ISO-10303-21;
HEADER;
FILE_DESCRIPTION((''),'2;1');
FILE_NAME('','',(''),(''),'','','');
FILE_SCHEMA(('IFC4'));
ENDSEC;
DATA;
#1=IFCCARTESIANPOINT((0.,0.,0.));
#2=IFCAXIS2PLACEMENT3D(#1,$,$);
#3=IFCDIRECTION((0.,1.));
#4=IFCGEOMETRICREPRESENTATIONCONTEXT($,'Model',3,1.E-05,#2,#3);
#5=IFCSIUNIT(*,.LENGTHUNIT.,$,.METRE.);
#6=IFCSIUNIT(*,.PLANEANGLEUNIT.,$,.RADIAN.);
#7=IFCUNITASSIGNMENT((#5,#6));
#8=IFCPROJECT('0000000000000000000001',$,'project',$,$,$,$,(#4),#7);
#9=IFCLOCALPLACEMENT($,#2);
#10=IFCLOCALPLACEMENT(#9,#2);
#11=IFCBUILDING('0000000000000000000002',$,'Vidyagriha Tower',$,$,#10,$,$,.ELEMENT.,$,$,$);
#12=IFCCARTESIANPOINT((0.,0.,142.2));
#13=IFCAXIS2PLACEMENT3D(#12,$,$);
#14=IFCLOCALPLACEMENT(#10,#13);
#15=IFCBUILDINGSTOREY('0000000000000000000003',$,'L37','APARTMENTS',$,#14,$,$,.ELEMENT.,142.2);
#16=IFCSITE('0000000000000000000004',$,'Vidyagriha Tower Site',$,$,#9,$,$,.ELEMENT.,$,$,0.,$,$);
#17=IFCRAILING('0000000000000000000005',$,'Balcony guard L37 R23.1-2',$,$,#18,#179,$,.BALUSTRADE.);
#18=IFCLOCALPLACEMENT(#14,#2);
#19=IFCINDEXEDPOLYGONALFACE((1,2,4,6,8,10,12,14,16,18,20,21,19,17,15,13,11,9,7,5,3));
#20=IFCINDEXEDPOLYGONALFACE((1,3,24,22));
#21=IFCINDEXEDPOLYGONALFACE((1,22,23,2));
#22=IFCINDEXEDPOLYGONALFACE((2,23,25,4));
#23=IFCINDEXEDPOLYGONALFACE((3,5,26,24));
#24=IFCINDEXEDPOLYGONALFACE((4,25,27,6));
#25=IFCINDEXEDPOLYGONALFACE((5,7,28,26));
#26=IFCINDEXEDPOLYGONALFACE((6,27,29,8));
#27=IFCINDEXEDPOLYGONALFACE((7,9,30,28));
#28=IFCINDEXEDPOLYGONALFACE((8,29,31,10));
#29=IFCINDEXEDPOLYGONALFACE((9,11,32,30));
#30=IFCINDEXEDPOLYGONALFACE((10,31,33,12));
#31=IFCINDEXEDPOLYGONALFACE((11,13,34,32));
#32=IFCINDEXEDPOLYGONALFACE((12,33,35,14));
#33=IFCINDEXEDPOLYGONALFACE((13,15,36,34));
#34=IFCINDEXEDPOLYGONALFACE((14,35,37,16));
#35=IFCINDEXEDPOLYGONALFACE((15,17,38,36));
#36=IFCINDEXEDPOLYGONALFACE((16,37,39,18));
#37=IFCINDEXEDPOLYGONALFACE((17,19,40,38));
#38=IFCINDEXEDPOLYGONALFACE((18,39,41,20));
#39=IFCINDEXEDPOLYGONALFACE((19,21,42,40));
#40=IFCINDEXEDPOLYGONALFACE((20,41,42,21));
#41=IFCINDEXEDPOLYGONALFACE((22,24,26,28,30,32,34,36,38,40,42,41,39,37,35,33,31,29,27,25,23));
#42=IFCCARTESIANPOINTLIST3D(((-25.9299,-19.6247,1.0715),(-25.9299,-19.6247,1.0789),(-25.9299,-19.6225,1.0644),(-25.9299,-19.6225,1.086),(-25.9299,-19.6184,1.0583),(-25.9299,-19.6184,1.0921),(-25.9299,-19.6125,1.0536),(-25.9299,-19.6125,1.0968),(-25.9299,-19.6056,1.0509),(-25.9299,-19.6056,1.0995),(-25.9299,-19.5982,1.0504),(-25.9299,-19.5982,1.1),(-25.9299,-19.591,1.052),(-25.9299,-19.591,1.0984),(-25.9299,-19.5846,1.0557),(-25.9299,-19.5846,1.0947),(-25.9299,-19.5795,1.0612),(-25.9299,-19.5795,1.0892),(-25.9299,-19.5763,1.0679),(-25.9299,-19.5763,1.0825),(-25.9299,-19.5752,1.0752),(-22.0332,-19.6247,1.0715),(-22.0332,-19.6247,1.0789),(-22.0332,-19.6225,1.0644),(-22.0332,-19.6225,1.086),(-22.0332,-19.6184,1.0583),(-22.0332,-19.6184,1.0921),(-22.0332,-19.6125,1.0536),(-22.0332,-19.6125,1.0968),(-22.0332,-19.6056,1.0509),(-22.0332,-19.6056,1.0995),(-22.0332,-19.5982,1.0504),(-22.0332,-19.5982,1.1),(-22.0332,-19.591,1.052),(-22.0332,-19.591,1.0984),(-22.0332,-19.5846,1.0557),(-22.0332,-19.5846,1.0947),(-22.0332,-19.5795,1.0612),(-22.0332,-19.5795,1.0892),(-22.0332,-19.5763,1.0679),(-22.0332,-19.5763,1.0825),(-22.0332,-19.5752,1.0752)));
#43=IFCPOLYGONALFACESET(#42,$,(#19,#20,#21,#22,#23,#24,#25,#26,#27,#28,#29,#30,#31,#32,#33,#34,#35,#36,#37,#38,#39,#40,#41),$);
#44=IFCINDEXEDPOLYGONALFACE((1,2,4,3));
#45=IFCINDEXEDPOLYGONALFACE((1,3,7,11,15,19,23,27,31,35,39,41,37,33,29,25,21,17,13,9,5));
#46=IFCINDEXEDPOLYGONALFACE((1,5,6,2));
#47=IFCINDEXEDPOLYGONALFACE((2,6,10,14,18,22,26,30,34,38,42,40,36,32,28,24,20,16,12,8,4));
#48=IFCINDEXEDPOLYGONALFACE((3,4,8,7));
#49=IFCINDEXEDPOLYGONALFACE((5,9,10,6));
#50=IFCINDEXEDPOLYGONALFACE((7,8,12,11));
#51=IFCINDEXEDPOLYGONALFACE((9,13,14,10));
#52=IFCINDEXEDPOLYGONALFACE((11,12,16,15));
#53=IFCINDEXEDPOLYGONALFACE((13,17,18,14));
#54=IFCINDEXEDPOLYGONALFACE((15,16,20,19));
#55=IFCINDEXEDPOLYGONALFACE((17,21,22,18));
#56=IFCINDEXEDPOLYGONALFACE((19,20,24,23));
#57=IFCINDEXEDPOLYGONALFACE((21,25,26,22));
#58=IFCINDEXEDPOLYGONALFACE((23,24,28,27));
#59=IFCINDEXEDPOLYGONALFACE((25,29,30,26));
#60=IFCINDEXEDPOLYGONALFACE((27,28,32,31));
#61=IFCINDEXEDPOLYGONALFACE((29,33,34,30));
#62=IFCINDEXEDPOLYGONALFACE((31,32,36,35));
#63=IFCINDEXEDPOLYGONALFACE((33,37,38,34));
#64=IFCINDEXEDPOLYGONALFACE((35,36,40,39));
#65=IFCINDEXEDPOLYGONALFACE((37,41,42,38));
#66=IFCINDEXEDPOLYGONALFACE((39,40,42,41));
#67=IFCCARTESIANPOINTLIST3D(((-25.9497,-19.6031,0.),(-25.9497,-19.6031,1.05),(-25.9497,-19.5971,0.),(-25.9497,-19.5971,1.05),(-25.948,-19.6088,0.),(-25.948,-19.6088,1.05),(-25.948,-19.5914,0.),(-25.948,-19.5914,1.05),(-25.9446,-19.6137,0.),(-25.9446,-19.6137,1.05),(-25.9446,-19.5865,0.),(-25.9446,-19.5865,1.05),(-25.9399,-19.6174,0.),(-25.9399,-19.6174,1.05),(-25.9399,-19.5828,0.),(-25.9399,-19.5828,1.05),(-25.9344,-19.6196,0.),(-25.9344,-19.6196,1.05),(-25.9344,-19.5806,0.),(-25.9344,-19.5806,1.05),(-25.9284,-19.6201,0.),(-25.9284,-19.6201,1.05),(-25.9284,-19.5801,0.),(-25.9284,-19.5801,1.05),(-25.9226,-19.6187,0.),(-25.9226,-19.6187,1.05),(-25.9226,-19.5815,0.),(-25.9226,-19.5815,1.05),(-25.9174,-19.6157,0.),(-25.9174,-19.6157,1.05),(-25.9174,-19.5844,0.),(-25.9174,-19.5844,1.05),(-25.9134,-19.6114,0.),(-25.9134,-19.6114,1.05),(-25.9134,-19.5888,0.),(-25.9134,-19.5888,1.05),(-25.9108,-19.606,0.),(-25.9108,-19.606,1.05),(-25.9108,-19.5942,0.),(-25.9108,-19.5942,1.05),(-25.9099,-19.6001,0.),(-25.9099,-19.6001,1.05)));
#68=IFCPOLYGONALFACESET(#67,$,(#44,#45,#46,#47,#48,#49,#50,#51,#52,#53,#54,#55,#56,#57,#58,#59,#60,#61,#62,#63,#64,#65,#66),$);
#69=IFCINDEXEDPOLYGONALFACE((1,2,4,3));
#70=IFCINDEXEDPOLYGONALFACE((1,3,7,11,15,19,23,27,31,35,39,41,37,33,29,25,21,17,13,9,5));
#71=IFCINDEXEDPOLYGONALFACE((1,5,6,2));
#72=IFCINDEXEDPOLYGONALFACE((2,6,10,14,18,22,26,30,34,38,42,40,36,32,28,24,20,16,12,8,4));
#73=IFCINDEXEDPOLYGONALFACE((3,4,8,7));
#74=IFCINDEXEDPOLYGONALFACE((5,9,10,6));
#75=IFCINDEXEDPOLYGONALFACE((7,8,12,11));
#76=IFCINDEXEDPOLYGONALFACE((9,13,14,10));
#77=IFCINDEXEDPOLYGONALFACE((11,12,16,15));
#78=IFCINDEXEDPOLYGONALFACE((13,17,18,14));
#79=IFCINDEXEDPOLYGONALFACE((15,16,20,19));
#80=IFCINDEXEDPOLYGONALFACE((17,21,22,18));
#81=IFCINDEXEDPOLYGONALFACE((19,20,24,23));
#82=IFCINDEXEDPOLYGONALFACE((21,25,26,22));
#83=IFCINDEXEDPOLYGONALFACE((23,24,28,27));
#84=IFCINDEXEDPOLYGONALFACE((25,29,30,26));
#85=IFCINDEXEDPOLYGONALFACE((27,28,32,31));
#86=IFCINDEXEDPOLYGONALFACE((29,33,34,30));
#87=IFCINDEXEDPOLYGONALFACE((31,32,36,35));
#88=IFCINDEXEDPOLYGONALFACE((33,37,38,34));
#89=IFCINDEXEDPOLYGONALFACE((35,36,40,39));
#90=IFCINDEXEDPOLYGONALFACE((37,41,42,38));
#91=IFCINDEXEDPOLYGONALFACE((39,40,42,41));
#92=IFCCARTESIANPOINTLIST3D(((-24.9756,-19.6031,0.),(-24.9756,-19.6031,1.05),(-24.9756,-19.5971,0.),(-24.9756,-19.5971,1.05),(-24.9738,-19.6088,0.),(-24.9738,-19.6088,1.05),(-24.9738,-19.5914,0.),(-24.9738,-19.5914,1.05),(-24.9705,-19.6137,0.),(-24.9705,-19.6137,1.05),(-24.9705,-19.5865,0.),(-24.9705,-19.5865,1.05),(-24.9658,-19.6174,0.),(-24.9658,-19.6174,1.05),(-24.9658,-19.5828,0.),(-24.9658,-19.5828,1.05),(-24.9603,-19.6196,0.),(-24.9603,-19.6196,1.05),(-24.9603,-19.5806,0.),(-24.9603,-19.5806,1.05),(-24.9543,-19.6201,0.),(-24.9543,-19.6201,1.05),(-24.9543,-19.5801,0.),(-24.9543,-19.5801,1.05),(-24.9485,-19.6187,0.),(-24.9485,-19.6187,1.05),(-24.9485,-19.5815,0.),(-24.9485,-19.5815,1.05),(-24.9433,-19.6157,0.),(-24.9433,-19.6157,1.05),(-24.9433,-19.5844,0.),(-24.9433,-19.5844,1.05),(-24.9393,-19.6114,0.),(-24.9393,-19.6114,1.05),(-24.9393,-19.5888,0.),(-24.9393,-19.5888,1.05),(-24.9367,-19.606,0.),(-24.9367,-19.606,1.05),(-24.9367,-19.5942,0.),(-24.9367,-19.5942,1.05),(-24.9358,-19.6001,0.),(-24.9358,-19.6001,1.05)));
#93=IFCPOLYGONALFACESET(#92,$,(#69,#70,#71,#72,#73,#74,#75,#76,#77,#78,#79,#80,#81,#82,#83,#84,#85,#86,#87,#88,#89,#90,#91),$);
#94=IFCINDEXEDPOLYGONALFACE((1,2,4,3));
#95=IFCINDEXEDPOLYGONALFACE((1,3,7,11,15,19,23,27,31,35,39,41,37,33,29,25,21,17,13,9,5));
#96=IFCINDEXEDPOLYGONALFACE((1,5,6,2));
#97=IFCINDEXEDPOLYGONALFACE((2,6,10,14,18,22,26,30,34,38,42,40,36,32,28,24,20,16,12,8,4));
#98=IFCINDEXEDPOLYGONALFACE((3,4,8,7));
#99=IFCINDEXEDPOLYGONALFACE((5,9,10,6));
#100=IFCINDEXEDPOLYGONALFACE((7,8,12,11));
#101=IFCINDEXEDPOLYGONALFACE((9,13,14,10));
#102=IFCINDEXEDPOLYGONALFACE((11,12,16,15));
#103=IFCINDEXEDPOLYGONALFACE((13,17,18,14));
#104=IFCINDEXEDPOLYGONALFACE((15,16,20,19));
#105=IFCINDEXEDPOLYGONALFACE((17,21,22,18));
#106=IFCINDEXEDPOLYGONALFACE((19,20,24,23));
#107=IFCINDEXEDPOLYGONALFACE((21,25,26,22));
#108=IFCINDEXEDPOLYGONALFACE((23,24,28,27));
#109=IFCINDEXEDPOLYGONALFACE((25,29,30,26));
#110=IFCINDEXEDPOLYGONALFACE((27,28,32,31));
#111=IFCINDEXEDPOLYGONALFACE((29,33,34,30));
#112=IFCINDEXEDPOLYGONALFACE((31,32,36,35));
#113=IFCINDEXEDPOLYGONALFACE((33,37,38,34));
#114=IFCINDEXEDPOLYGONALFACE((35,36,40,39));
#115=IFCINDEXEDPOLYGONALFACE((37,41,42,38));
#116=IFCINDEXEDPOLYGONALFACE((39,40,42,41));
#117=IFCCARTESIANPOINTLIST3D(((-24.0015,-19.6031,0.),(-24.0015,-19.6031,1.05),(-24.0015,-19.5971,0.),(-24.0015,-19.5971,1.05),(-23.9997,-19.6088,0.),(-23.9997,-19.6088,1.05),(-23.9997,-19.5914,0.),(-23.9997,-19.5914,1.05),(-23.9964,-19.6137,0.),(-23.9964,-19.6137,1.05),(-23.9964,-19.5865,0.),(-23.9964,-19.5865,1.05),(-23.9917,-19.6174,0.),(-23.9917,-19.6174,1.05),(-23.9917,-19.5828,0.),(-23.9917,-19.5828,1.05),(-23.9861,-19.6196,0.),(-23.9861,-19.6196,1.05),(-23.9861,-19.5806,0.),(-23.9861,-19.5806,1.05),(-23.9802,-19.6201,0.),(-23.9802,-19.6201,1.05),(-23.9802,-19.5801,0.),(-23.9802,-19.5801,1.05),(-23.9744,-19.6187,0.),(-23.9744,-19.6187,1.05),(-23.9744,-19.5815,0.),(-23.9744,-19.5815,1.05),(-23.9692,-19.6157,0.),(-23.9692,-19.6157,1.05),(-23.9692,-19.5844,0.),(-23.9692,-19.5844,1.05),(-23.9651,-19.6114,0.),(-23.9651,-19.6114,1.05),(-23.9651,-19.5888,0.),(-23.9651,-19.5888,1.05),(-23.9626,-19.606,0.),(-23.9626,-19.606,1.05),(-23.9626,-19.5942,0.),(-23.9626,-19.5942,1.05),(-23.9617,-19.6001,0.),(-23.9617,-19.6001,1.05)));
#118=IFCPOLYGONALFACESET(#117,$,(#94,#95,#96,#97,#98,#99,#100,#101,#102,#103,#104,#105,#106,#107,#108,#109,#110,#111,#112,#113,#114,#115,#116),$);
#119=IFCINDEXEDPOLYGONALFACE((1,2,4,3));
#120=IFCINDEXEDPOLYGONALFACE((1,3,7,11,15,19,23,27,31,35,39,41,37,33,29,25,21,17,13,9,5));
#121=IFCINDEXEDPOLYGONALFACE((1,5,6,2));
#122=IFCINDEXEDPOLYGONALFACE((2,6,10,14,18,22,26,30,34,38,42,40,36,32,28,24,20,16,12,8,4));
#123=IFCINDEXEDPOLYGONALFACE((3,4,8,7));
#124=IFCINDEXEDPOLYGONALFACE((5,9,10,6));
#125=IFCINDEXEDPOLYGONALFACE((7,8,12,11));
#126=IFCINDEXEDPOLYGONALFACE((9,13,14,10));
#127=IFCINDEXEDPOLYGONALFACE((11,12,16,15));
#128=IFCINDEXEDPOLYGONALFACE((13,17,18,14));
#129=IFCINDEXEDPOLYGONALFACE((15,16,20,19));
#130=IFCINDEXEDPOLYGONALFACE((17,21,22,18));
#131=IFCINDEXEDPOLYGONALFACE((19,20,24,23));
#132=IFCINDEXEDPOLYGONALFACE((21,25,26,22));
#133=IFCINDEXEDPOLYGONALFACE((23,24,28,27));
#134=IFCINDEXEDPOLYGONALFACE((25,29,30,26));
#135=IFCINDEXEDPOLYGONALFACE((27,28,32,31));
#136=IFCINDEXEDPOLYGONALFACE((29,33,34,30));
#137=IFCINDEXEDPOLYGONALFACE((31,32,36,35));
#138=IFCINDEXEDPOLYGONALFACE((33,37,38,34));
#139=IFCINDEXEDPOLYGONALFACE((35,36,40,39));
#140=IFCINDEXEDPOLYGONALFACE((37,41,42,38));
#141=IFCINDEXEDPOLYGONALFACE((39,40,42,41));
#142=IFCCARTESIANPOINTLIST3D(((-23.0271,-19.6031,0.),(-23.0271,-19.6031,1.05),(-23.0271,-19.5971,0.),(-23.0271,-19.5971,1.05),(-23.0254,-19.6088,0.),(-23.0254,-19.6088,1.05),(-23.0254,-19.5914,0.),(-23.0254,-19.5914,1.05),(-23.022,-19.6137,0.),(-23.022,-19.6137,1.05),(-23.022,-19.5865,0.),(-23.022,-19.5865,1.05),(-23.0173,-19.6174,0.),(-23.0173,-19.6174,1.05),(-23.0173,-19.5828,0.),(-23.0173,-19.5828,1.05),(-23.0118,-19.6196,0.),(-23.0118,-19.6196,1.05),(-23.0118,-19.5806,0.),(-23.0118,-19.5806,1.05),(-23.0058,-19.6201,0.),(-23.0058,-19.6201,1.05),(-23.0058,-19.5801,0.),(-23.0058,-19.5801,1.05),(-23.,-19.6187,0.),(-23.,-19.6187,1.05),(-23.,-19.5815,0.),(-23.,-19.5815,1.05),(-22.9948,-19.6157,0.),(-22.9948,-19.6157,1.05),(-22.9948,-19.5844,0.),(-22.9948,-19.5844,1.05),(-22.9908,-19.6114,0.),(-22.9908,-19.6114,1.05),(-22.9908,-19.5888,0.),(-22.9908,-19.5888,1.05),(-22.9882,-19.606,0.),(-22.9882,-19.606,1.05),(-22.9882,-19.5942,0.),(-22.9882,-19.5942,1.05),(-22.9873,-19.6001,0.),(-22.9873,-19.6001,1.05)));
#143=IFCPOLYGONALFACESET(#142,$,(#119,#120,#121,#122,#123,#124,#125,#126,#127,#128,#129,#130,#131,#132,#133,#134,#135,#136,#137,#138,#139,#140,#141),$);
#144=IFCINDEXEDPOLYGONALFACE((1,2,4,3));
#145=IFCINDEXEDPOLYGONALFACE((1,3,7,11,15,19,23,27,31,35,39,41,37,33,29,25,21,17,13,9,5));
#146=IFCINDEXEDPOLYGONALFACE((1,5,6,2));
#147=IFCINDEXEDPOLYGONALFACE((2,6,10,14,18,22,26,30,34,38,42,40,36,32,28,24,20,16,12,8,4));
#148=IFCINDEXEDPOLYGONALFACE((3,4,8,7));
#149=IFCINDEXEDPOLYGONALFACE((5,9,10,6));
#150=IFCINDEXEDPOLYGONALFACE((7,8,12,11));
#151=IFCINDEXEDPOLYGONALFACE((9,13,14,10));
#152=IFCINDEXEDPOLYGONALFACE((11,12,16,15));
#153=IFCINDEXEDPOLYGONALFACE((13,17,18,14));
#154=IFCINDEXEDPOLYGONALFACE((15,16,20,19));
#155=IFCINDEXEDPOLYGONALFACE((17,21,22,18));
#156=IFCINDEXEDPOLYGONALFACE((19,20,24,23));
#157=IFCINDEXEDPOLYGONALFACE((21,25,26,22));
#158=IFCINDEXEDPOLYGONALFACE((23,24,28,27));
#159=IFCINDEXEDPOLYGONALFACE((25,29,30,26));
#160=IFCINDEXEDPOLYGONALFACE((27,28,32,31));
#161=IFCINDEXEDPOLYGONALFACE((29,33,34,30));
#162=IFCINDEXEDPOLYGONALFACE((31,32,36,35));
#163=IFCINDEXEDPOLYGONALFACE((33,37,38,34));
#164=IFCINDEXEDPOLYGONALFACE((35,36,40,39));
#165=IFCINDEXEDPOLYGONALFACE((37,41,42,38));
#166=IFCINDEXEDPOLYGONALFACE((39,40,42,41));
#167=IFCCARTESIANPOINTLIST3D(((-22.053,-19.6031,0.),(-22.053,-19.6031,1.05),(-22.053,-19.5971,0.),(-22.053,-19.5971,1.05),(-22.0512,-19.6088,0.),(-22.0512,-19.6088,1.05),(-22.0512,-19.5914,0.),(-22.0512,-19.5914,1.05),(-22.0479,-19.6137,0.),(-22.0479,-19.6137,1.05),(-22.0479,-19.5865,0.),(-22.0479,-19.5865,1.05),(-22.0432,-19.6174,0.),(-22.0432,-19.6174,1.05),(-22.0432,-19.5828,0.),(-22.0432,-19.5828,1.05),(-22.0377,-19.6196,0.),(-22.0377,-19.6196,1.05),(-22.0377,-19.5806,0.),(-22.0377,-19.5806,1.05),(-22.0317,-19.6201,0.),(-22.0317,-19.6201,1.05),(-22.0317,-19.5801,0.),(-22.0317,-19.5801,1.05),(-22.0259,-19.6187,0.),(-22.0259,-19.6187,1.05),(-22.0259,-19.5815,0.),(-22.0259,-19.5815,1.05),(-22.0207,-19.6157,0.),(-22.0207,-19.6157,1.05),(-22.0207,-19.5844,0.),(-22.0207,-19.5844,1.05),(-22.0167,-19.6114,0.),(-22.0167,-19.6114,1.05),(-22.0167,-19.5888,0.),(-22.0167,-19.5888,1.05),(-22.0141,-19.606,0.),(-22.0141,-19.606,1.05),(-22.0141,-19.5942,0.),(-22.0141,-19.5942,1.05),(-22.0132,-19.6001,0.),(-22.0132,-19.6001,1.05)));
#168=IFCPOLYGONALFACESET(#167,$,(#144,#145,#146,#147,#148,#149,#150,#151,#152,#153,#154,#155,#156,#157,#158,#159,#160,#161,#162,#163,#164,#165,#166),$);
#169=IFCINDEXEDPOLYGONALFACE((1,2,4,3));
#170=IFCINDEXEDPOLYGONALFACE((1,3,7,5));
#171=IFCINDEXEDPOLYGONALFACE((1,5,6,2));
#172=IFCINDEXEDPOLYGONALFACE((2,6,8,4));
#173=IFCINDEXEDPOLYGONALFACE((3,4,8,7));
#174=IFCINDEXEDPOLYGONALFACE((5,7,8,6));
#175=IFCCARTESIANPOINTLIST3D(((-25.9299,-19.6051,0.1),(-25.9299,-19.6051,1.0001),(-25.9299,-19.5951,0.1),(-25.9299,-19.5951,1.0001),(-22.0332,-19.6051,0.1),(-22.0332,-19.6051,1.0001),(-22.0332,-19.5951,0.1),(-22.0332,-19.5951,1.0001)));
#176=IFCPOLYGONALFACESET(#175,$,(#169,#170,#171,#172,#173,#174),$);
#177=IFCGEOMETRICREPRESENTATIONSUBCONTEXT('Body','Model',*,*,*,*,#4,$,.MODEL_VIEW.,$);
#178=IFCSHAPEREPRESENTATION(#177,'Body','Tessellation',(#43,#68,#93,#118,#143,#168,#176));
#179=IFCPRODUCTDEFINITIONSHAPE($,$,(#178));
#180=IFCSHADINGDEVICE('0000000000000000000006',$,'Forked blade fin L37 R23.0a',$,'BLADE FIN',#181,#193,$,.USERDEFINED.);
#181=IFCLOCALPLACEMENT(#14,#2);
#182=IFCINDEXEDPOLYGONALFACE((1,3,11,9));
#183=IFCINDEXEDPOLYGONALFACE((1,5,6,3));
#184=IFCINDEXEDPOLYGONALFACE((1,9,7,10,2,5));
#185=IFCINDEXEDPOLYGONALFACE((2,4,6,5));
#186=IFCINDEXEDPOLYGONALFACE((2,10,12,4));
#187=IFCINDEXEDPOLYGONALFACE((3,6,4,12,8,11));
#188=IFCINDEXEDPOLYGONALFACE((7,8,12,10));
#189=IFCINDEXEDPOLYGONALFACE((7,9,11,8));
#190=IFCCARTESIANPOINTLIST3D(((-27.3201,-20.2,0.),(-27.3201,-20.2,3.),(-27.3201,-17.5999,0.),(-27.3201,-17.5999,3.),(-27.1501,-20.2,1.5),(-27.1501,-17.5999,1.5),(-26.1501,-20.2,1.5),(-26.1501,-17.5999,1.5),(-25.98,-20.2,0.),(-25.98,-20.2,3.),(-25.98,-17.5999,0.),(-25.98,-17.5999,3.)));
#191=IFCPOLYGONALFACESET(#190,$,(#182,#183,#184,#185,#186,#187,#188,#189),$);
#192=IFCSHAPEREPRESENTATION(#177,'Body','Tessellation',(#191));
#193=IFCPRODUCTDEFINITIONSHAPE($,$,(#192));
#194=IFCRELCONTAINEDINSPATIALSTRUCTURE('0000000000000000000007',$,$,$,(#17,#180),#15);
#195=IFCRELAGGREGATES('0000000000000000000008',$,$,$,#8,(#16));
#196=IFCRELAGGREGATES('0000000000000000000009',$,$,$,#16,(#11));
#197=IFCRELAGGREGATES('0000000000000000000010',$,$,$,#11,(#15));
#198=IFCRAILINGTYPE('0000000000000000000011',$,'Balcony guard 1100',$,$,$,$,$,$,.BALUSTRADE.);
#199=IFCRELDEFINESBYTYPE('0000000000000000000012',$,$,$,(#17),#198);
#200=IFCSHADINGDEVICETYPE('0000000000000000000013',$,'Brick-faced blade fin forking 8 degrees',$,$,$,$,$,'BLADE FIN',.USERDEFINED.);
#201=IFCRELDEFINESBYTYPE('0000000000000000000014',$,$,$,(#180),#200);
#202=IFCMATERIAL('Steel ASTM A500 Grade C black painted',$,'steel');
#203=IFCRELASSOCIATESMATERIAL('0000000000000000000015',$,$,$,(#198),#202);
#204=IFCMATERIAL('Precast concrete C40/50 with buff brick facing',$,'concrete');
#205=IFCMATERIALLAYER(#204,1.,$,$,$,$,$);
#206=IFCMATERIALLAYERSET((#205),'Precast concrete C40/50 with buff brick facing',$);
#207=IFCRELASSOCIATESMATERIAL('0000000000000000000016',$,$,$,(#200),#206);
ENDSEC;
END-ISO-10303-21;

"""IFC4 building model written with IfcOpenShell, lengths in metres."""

from ifc_helpers import new_model, si_unit, direction, frame, origin, origin_2d, place, context, subcontext, project, spatial, polyline, rectangle, circle, outline, extrude, material, layer, layer_set, type_object, element, save


model = new_model("IFC4")

# Units and contexts
model_context = context("Model", 3, precision=1e-05, world=origin(), true_north=direction((0.0, 1.0)))
body_context = subcontext(model_context, "Body", "Model", "MODEL_VIEW")
ifc_project = project(units=[si_unit("LENGTHUNIT", "METRE"), si_unit("PLANEANGLEUNIT", "RADIAN")], contexts=[model_context])

# Site, building, storey
site_placement = place(None, origin())
site = spatial("IfcSite", under=ifc_project, at=site_placement, Name="Vidyagriha Tower Site", CompositionType="ELEMENT", RefElevation=0.0)
building_placement = place(site_placement, origin())
building = spatial("IfcBuilding", under=site, at=building_placement, Name="Vidyagriha Tower", CompositionType="ELEMENT")
storey_placement = place(building_placement, frame((0.0, 0.0, 142.2)))
storey = spatial("IfcBuildingStorey", under=building, at=storey_placement, Name="L37", Description="APARTMENTS", CompositionType="ELEMENT", Elevation=142.2)

# Railing
ifc_material_1 = material(Name="Steel ASTM A500 Grade C black painted", Category="steel")
railing_type_1 = type_object("IfcRailingType", Name="Balcony guard 1100", PredefinedType="BALUSTRADE", material=ifc_material_1)
railing_1_placement = place(storey_placement, frame((-25.9299, -19.6001, 0.0)))
element("IfcRailing", 1, at=railing_1_placement, inside=storey, type_object=railing_type_1, Name="Balcony guard L37 R23.1-2", PredefinedType="BALUSTRADE", context=body_context, shape_type="SweptSolid", body=[
    extrude(circle(Radius=0.0249, at=origin_2d()), frame((0.0, 0.0, 1.0752), z_axis=(1.0, 0.0, 0.0), x_axis=(0.0, 1.0, 0.0)), (0.0, 0.0, 1.0), 3.8967),
    extrude(circle(Radius=0.02, at=origin_2d()), origin(), (0.0, 0.0, 1.0), 1.05),
    extrude(circle(Radius=0.02, at=origin_2d()), frame((0.9741, 0.0, 0.0)), (0.0, 0.0, 1.0), 1.05),
    extrude(circle(Radius=0.02, at=origin_2d()), frame((1.9482, 0.0, 0.0)), (0.0, 0.0, 1.0), 1.05),
    extrude(circle(Radius=0.02, at=origin_2d()), frame((2.9226, 0.0, 0.0)), (0.0, 0.0, 1.0), 1.05),
    extrude(circle(Radius=0.02, at=origin_2d()), frame((3.8967, 0.0, 0.0)), (0.0, 0.0, 1.0), 1.05),
    extrude(rectangle(XDim=0.01, YDim=0.9001, at=origin_2d()), frame((0.0, 0.0, 0.55), z_axis=(1.0, 0.0, 0.0), x_axis=(0.0, 1.0, 0.0)), (0.0, 0.0, 1.0), 3.8967),
])

# Shading device
ifc_material_2 = material(Name="Precast concrete C40/50 with buff brick facing", Category="concrete")
ifc_layer_1 = layer(ifc_material_2, 1.0)
ifc_layer_set_1 = layer_set([ifc_layer_1], Name="Precast concrete C40/50 with buff brick facing")
shading_device_type = type_object("IfcShadingDeviceType", Name="Brick-faced blade fin forking 8 degrees", ElementType="BLADE FIN", PredefinedType="USERDEFINED", material=ifc_layer_set_1)
shading_device_placement = place(storey_placement, frame((-27.3201, -18.8999, 0.0)))
element("IfcShadingDevice", 2, at=shading_device_placement, inside=storey, type_object=shading_device_type, Name="Forked blade fin L37 R23.0a", ObjectType="BLADE FIN", PredefinedType="USERDEFINED", context=body_context, shape_type="SweptSolid", body=[
    extrude(outline(polyline([(1.3401, 0.0), (1.1699, 1.5), (1.3401, 3.0), (0.0, 3.0), (0.1699, 1.5), (0.0, 0.0), (1.3401, 0.0)])), frame((0.0, 1.3, 0.0), z_axis=(0.0, -1.0, 0.0), x_axis=(1.0, 0.0, 0.0)), (0.0, 0.0, 1.0), 2.6001),
])

save(model, "model.ifc")
